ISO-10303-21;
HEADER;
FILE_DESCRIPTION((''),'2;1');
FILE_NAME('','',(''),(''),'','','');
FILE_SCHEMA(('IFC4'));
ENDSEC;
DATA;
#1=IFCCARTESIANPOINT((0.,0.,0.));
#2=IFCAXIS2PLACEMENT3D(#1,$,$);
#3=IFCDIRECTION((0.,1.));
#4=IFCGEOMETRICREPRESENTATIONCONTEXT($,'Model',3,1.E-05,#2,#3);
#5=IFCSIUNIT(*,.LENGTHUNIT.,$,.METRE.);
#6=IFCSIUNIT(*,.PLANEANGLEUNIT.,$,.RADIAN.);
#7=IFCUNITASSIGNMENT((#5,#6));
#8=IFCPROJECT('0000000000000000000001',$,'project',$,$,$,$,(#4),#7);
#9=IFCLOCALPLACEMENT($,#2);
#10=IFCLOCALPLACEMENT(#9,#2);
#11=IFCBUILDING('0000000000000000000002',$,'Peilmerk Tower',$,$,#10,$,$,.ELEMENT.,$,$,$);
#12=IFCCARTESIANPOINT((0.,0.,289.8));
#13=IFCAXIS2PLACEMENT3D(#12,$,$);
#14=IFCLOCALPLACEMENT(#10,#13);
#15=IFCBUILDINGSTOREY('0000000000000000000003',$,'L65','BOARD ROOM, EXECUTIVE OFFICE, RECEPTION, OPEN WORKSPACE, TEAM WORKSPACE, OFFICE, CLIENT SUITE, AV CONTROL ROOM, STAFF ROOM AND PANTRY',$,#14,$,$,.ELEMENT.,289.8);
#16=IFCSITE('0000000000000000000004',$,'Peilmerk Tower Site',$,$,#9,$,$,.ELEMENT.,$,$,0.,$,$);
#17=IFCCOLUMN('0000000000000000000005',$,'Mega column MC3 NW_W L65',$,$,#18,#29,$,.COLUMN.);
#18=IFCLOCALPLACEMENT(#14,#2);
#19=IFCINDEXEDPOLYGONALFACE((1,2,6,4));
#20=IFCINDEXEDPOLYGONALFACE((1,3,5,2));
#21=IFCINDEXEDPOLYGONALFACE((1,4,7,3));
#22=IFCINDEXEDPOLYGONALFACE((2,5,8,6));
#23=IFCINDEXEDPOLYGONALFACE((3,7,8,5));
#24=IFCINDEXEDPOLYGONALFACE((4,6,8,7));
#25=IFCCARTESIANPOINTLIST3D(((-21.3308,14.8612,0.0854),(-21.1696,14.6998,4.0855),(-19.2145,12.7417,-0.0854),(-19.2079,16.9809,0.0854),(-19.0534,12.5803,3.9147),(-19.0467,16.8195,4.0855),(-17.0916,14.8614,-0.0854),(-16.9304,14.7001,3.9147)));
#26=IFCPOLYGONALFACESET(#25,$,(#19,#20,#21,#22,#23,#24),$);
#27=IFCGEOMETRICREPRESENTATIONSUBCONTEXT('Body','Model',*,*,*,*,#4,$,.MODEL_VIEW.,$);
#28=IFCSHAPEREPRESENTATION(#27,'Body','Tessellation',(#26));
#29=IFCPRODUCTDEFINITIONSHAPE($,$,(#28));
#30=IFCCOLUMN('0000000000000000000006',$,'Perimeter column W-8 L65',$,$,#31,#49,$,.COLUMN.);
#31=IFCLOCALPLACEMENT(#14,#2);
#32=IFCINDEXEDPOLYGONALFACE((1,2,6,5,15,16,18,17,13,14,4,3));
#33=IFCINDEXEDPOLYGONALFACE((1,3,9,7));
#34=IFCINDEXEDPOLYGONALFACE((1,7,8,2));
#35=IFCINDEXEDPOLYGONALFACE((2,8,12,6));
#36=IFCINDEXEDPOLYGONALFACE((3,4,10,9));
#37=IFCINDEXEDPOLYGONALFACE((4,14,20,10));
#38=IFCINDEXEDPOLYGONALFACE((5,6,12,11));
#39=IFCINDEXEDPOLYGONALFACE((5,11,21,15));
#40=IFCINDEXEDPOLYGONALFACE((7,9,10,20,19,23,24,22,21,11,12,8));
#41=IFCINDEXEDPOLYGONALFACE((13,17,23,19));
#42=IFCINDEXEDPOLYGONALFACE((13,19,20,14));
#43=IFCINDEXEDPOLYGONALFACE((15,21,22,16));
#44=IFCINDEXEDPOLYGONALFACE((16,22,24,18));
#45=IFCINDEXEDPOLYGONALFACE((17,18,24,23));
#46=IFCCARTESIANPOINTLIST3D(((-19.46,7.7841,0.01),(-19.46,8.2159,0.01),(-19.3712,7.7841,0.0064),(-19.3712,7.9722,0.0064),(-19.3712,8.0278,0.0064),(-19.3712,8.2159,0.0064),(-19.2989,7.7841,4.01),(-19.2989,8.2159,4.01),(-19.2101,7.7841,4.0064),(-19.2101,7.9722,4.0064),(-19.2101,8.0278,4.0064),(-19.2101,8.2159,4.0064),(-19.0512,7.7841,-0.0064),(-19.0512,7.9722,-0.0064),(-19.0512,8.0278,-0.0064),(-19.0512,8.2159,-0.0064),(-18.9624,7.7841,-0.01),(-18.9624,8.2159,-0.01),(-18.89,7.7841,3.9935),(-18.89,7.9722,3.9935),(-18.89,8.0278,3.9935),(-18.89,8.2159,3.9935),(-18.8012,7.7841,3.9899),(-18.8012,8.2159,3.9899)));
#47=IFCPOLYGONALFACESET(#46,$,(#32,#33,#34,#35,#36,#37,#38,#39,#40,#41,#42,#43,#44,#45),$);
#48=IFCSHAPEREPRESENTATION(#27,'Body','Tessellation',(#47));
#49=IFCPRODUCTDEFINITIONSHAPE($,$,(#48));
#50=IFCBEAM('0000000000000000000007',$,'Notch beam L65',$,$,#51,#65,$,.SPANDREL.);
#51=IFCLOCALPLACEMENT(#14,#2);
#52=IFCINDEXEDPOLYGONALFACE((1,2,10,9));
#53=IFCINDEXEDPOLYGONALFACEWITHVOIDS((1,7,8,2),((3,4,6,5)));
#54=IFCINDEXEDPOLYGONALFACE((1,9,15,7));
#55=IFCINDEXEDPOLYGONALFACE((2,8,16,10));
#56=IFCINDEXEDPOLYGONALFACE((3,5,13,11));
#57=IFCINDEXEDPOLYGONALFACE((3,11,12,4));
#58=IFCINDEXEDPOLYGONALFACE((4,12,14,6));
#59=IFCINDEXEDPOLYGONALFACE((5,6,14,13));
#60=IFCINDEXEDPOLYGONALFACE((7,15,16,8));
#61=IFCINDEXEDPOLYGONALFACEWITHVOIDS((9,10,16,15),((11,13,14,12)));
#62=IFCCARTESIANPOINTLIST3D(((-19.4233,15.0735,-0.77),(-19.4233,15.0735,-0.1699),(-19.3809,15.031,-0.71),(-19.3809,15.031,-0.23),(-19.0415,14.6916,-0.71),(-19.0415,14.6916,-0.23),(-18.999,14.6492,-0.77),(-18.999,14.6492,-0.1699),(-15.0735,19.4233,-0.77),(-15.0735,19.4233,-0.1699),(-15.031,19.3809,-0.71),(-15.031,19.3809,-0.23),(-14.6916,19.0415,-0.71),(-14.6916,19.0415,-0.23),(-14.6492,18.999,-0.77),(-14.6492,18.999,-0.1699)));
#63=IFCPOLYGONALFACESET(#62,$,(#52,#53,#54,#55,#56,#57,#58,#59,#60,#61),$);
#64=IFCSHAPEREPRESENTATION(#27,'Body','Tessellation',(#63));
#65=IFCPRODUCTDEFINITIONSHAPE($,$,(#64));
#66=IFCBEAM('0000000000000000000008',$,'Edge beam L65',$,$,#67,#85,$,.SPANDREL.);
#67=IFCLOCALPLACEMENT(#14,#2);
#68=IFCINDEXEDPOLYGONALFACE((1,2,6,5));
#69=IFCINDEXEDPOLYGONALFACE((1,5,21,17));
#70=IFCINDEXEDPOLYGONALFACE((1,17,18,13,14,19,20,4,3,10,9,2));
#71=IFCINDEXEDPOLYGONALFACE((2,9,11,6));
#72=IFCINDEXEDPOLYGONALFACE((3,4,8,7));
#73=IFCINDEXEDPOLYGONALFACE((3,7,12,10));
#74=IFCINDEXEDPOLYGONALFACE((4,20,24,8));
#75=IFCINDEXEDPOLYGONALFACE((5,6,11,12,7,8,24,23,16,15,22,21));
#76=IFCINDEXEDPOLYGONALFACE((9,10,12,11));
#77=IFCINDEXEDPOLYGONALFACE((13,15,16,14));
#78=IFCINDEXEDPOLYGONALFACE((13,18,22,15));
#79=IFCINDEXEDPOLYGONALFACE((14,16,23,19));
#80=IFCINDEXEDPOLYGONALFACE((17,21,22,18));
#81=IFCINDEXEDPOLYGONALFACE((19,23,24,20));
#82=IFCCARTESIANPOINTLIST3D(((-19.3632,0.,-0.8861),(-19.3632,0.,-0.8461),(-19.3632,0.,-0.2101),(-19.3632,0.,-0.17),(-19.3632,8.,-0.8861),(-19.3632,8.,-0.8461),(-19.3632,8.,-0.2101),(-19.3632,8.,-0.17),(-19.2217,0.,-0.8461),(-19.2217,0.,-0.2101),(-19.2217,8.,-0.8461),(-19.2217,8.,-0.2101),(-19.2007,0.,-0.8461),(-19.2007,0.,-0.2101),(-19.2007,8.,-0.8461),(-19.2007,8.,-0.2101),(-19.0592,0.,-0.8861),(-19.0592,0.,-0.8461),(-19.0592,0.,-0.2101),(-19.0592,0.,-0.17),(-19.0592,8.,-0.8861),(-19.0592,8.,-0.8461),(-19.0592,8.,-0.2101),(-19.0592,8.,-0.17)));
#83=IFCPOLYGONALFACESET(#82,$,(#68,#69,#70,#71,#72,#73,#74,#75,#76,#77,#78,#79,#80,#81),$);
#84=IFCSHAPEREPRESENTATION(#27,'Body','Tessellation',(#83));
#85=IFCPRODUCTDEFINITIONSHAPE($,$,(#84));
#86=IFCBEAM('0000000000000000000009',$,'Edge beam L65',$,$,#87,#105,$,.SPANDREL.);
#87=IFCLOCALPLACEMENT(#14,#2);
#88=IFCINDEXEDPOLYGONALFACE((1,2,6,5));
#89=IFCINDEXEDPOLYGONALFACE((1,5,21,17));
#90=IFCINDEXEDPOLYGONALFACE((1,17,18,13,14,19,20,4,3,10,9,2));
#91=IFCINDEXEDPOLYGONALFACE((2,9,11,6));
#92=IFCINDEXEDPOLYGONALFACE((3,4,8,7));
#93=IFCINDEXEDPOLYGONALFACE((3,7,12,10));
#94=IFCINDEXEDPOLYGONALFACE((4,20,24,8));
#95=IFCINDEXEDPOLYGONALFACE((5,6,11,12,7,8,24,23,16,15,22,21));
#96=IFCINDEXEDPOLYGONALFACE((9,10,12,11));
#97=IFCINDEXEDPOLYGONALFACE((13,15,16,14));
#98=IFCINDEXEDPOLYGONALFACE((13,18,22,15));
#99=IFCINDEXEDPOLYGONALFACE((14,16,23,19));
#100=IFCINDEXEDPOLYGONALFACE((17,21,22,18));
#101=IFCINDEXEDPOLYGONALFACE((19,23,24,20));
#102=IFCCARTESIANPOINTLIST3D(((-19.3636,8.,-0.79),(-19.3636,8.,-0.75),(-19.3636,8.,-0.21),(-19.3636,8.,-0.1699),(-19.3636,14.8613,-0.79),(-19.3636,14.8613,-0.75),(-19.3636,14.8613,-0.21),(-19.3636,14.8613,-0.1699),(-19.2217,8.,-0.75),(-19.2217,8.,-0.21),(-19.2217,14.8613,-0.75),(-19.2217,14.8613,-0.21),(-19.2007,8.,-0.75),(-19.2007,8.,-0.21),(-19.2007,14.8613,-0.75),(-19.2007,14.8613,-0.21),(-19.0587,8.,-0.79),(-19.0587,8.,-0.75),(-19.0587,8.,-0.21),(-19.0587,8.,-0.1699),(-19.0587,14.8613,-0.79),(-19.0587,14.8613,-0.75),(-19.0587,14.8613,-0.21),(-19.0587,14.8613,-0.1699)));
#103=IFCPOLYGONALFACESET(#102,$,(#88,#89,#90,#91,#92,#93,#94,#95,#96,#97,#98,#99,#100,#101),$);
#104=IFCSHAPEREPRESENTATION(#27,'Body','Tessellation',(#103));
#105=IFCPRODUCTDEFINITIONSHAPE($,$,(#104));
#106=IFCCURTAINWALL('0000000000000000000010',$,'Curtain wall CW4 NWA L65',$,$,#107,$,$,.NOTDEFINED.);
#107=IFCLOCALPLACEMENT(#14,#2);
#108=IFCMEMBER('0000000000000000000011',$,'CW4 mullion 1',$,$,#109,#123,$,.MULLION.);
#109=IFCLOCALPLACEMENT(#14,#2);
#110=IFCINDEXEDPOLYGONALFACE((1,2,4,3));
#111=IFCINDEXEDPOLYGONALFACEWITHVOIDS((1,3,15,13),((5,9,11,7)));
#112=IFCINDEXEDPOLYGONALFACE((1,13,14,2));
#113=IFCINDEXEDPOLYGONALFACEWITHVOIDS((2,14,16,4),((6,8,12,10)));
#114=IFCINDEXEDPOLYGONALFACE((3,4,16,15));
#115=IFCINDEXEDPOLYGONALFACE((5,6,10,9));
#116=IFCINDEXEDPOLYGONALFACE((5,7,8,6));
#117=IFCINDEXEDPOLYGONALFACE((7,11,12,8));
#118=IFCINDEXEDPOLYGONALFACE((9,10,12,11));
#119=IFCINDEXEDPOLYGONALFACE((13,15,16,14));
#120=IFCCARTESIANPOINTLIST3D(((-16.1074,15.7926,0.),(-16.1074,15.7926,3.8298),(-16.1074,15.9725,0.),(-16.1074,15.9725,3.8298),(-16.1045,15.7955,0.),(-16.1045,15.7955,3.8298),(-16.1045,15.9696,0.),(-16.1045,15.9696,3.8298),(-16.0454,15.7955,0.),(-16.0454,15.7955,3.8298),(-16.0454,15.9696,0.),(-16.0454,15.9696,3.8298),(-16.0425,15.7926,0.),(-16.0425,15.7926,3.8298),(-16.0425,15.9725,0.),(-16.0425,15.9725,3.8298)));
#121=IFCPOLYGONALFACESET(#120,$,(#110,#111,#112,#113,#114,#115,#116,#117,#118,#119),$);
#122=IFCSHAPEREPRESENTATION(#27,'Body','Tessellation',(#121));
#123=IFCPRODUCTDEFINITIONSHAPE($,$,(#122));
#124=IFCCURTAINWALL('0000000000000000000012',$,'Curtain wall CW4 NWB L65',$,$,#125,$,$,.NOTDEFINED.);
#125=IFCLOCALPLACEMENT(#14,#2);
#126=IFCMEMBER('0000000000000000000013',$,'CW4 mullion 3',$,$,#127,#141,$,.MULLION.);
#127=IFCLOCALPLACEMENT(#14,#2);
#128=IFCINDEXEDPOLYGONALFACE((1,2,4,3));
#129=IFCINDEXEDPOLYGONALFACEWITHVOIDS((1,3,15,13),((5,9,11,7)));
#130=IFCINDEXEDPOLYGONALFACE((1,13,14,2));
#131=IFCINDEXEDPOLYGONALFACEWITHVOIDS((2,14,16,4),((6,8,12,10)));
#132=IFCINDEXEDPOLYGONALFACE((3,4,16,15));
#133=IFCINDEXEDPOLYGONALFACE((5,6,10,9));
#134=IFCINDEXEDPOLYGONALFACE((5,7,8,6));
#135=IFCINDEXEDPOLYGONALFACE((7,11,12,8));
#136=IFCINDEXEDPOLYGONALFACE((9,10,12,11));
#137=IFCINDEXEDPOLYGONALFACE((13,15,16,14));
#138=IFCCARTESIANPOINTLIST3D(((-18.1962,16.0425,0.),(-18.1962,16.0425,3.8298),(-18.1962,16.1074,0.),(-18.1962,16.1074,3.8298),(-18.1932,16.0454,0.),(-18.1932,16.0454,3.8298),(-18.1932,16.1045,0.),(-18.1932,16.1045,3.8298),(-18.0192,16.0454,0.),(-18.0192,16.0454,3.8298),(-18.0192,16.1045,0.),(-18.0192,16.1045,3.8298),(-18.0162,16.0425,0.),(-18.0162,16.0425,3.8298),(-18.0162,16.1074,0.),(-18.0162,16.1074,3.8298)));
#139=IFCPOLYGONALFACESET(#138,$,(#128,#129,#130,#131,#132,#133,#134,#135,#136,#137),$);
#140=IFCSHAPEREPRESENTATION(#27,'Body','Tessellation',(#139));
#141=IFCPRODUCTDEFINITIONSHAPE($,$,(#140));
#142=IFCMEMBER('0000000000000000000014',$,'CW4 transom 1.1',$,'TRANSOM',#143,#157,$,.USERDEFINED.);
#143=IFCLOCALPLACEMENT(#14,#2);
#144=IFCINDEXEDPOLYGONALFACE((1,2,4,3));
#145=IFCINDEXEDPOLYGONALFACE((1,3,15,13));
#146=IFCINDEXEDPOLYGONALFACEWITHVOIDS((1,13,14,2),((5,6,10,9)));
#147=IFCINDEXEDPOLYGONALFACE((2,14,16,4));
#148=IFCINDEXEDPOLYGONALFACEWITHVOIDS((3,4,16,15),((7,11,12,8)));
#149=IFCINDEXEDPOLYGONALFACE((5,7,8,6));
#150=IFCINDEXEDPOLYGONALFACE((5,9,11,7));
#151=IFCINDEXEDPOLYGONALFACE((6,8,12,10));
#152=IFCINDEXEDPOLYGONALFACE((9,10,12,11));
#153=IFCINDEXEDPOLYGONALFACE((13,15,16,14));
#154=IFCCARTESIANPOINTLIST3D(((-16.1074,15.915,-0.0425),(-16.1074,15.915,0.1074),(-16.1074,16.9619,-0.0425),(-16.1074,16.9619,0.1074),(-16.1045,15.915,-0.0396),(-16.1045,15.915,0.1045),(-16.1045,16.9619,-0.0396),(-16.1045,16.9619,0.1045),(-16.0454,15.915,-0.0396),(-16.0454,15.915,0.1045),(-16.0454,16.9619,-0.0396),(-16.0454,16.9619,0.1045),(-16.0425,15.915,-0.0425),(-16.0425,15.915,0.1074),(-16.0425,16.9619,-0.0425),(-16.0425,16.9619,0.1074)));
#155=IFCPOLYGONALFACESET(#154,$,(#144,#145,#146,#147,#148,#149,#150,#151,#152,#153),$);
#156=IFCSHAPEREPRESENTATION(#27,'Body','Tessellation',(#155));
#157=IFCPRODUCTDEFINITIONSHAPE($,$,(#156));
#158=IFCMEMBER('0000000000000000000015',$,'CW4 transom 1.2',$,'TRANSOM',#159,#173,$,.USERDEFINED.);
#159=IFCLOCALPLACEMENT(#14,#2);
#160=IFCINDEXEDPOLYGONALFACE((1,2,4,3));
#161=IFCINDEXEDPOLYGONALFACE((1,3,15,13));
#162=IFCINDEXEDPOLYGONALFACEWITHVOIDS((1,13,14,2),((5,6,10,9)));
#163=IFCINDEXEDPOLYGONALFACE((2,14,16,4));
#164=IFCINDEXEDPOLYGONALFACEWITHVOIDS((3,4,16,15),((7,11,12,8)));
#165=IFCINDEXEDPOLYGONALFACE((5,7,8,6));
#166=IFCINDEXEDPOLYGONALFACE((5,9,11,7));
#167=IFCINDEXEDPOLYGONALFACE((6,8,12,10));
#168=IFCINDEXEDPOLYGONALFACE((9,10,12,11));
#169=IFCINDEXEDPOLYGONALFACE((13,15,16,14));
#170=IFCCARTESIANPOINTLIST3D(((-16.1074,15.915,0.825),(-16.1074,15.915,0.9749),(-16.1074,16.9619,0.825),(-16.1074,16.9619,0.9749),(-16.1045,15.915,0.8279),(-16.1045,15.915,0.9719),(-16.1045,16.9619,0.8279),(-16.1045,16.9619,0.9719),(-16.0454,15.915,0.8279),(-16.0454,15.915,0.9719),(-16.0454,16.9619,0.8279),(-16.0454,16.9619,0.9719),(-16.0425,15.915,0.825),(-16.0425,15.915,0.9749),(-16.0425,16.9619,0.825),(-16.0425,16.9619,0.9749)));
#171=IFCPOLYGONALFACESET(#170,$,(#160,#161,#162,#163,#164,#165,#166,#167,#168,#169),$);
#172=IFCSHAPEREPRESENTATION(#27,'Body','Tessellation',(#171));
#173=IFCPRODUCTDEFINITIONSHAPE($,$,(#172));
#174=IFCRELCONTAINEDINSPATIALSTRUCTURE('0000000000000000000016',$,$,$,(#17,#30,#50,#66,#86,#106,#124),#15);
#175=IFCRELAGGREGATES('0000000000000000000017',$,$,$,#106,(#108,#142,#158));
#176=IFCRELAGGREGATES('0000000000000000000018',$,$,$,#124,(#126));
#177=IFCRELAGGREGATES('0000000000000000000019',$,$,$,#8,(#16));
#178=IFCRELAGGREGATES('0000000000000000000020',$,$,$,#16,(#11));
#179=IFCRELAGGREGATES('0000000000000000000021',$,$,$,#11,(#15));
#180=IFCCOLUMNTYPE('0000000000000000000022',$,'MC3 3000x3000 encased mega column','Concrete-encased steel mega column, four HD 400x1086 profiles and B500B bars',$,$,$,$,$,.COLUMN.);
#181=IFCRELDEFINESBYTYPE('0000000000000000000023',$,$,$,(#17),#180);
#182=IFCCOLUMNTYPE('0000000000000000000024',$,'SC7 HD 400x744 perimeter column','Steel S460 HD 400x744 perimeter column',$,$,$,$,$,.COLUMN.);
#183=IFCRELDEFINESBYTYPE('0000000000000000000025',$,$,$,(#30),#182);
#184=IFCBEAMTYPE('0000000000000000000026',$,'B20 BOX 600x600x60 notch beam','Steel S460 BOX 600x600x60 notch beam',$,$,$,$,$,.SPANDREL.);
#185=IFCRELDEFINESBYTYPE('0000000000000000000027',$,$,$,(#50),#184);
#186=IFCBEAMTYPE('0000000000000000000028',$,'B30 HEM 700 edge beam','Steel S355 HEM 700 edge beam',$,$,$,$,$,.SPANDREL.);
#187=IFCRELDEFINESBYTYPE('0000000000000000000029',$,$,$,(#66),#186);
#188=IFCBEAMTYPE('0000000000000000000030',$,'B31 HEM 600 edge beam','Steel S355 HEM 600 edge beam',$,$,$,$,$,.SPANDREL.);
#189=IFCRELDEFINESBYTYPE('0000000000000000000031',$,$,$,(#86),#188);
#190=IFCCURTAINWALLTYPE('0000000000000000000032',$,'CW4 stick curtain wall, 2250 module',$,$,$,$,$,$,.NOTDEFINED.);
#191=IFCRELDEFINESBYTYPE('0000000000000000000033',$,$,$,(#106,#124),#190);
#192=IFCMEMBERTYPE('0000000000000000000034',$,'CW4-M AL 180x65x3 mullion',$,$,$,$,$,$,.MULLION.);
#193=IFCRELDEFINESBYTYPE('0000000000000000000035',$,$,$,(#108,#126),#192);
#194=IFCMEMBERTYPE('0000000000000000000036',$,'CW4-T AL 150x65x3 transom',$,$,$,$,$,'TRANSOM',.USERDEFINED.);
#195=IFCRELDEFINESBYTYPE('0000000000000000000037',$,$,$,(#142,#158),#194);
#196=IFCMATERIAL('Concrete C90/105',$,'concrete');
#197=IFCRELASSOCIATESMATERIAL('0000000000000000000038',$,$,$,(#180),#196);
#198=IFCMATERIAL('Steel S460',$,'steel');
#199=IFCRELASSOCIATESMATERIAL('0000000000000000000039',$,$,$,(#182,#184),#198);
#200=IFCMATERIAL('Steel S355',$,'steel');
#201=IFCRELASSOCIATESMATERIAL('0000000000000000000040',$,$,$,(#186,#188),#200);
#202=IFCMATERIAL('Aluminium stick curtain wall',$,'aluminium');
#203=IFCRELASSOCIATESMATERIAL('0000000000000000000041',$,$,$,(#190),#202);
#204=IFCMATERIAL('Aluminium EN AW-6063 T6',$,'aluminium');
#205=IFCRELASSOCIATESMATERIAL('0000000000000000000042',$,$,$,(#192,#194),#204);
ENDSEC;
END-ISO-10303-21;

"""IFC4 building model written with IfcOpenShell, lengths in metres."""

from ifc_helpers import new_model, si_unit, direction, frame, origin, origin_2d, place, context, subcontext, project, spatial, rectangle, hollow_rectangle, i_section, extrude, material, material_profile, profile_set, type_object, element, aggregate, save


model = new_model("IFC4")

# Units and contexts
model_context = context("Model", 3, precision=1e-05, world=origin(), true_north=direction((0.0, 1.0)))
body_context = subcontext(model_context, "Body", "Model", "MODEL_VIEW")
ifc_project = project(units=[si_unit("LENGTHUNIT", "METRE"), si_unit("PLANEANGLEUNIT", "RADIAN")], contexts=[model_context])

# Site, building, storey
site_placement = place(None, origin())
site = spatial("IfcSite", under=ifc_project, at=site_placement, Name="Peilmerk Tower Site", CompositionType="ELEMENT", RefElevation=0.0)
building_placement = place(site_placement, origin())
building = spatial("IfcBuilding", under=site, at=building_placement, Name="Peilmerk Tower", CompositionType="ELEMENT")
storey_placement = place(building_placement, frame((0.0, 0.0, 289.8)))
storey = spatial("IfcBuildingStorey", under=building, at=storey_placement, Name="L65", Description="BOARD ROOM, EXECUTIVE OFFICE, RECEPTION, OPEN WORKSPACE, TEAM WORKSPACE, OFFICE, CLIENT SUITE, AV CONTROL ROOM, STAFF ROOM AND PANTRY", CompositionType="ELEMENT", Elevation=289.8)

# Columns
ifc_material_1 = material(Name="Concrete C90/105", Category="concrete")
ifc_material_profile_1 = material_profile(ifc_material_1, rectangle(XDim=3.0, YDim=3.0, at=origin_2d()), Name="RC 3000x3000")
ifc_profile_set_1 = profile_set([ifc_material_profile_1], Name="Concrete C90/105")
column_type_1 = type_object("IfcColumnType", Name="MC3 3000x3000 encased mega column", Description="Concrete-encased steel mega column, four HD 400x1086 profiles and B500B bars", PredefinedType="COLUMN", material=ifc_profile_set_1)
column_1_placement = place(storey_placement, frame((-19.2112, 14.8613, 0.0), z_axis=(0.040218, -0.040279, 0.998379), x_axis=(0.707642, 0.706571, 0.0)))
element("IfcColumn", 1, at=column_1_placement, inside=storey, type_object=column_type_1, Name="Mega column MC3 NW_W L65", PredefinedType="COLUMN", context=body_context, shape_type="SweptSolid", body=[
    extrude(rectangle(XDim=3.0, YDim=3.0, at=origin_2d()), origin(), (0.0, 0.0, 1.0), 4.0066),
])
ifc_material_2 = material(Name="Steel S460", Category="steel")
ifc_material_profile_2 = material_profile(ifc_material_2, i_section(OverallWidth=0.4319, OverallDepth=0.498, WebThickness=0.0557, FlangeThickness=0.0889, at=origin_2d()), Name="HD 400x744")
ifc_profile_set_2 = profile_set([ifc_material_profile_2], Name="Steel S460")
column_type_2 = type_object("IfcColumnType", Name="SC7 HD 400x744 perimeter column", Description="Steel S460 HD 400x744 perimeter column", PredefinedType="COLUMN", material=ifc_profile_set_2)
column_2_placement = place(storey_placement, frame((-19.2112, 8.0, 0.0), z_axis=(0.040251, 0.0, 0.99919), x_axis=(0.0, 1.0, 0.0)))
element("IfcColumn", 2, at=column_2_placement, inside=storey, type_object=column_type_2, Name="Perimeter column W-8 L65", PredefinedType="COLUMN", context=body_context, shape_type="SweptSolid", body=[
    extrude(i_section(OverallWidth=0.4319, OverallDepth=0.498, WebThickness=0.0557, FlangeThickness=0.0889, at=origin_2d()), origin(), (0.0, 0.0, 1.0), 4.0032),
])

# Beams
ifc_material_profile_3 = material_profile(ifc_material_2, hollow_rectangle(XDim=0.6001, YDim=0.6001, WallThickness=0.0601, at=origin_2d()), Name="BOX 600x600x60")
ifc_profile_set_3 = profile_set([ifc_material_profile_3], Name="Steel S460")
beam_type_1 = type_object("IfcBeamType", Name="B20 BOX 600x600x60 notch beam", Description="Steel S460 BOX 600x600x60 notch beam", PredefinedType="SPANDREL", material=ifc_profile_set_3)
beam_1_placement = place(storey_placement, frame((-19.2112, 14.8613, -0.47), z_axis=(0.707107, 0.707107, 0.0), x_axis=(-0.707107, 0.707107, 0.0)))
element("IfcBeam", 3, at=beam_1_placement, inside=storey, type_object=beam_type_1, Name="Notch beam L65", PredefinedType="SPANDREL", context=body_context, shape_type="SweptSolid", body=[
    extrude(hollow_rectangle(XDim=0.6001, YDim=0.6001, WallThickness=0.0601, at=origin_2d()), origin(), (0.0, 0.0, 1.0), 6.1516),
])
ifc_material_3 = material(Name="Steel S355", Category="steel")
ifc_material_profile_4 = material_profile(ifc_material_3, i_section(OverallWidth=0.304, OverallDepth=0.7161, WebThickness=0.021, FlangeThickness=0.04, at=origin_2d()), Name="HEM 700")
ifc_profile_set_4 = profile_set([ifc_material_profile_4], Name="Steel S355")
beam_type_2 = type_object("IfcBeamType", Name="B30 HEM 700 edge beam", Description="Steel S355 HEM 700 edge beam", PredefinedType="SPANDREL", material=ifc_profile_set_4)
beam_2_placement = place(storey_placement, frame((-19.2112, 8.0, -0.5281), z_axis=(0.0, -1.0, 0.0), x_axis=(1.0, 0.0, 0.0)))
element("IfcBeam", 4, at=beam_2_placement, inside=storey, type_object=beam_type_2, Name="Edge beam L65", PredefinedType="SPANDREL", context=body_context, shape_type="SweptSolid", body=[
    extrude(i_section(OverallWidth=0.304, OverallDepth=0.7161, WebThickness=0.021, FlangeThickness=0.04, at=origin_2d()), origin(), (0.0, 0.0, 1.0), 8.0),
])
ifc_material_profile_5 = material_profile(ifc_material_3, i_section(OverallWidth=0.3049, OverallDepth=0.6201, WebThickness=0.021, FlangeThickness=0.04, at=origin_2d()), Name="HEM 600")
ifc_profile_set_5 = profile_set([ifc_material_profile_5], Name="Steel S355")
beam_type_3 = type_object("IfcBeamType", Name="B31 HEM 600 edge beam", Description="Steel S355 HEM 600 edge beam", PredefinedType="SPANDREL", material=ifc_profile_set_5)
beam_3_placement = place(storey_placement, frame((-19.2112, 14.8613, -0.48), z_axis=(0.0, -1.0, 0.0), x_axis=(1.0, 0.0, 0.0)))
element("IfcBeam", 5, at=beam_3_placement, inside=storey, type_object=beam_type_3, Name="Edge beam L65", PredefinedType="SPANDREL", context=body_context, shape_type="SweptSolid", body=[
    extrude(i_section(OverallWidth=0.3049, OverallDepth=0.6201, WebThickness=0.021, FlangeThickness=0.04, at=origin_2d()), origin(), (0.0, 0.0, 1.0), 6.8613),
])

# Curtain walls, members
ifc_material_4 = material(Name="Aluminium stick curtain wall", Category="aluminium")
curtain_wall_type = type_object("IfcCurtainWallType", Name="CW4 stick curtain wall, 2250 module", PredefinedType="NOTDEFINED", material=ifc_material_4)
curtain_wall_1_placement = place(storey_placement, origin())
curtain_wall_1 = element("IfcCurtainWall", 6, at=curtain_wall_1_placement, inside=storey, type_object=curtain_wall_type, Name="Curtain wall CW4 NWA L65", PredefinedType="NOTDEFINED")
ifc_material_5 = material(Name="Aluminium EN AW-6063 T6", Category="aluminium")
ifc_material_profile_6 = material_profile(ifc_material_5, hollow_rectangle(XDim=0.0649, YDim=0.1799, WallThickness=0.0029, at=origin_2d()), Name="AL 180x65x3")
ifc_profile_set_6 = profile_set([ifc_material_profile_6], Name="Aluminium EN AW-6063 T6")
member_type_1 = type_object("IfcMemberType", Name="CW4-M AL 180x65x3 mullion", PredefinedType="MULLION", material=ifc_profile_set_6)
member_1_placement = place(storey_placement, frame((-16.075, 15.8826, 0.0), z_axis=(0.0, 0.0, 1.0), x_axis=(-1.0, 0.0, 0.0)))
member_1 = element("IfcMember", 7, at=member_1_placement, type_object=member_type_1, Name="CW4 mullion 1", PredefinedType="MULLION", context=body_context, shape_type="SweptSolid", body=[
    extrude(hollow_rectangle(XDim=0.0649, YDim=0.1799, WallThickness=0.0029, at=origin_2d()), origin(), (0.0, 0.0, 1.0), 3.8298),
])
curtain_wall_2_placement = place(storey_placement, origin())
curtain_wall_2 = element("IfcCurtainWall", 8, at=curtain_wall_2_placement, inside=storey, type_object=curtain_wall_type, Name="Curtain wall CW4 NWB L65", PredefinedType="NOTDEFINED")
member_2_placement = place(storey_placement, frame((-18.1062, 16.075, 0.0), z_axis=(0.0, 0.0, 1.0), x_axis=(0.0, -1.0, 0.0)))
member_2 = element("IfcMember", 9, at=member_2_placement, type_object=member_type_1, Name="CW4 mullion 3", PredefinedType="MULLION", context=body_context, shape_type="SweptSolid", body=[
    extrude(hollow_rectangle(XDim=0.0649, YDim=0.1799, WallThickness=0.0029, at=origin_2d()), origin(), (0.0, 0.0, 1.0), 3.8298),
])

# Members
ifc_material_profile_7 = material_profile(ifc_material_5, hollow_rectangle(XDim=0.0649, YDim=0.1499, WallThickness=0.0029, at=origin_2d()), Name="AL 150x65x3")
ifc_profile_set_7 = profile_set([ifc_material_profile_7], Name="Aluminium EN AW-6063 T6")
member_type_2 = type_object("IfcMemberType", Name="CW4-T AL 150x65x3 transom", ElementType="TRANSOM", PredefinedType="USERDEFINED", material=ifc_profile_set_7)
member_3_placement = place(storey_placement, frame((-16.075, 15.915, 0.0325), z_axis=(0.0, 1.0, 0.0), x_axis=(-1.0, 0.0, 0.0)))
member_3 = element("IfcMember", 10, at=member_3_placement, type_object=member_type_2, Name="CW4 transom 1.1", ObjectType="TRANSOM", PredefinedType="USERDEFINED", context=body_context, shape_type="SweptSolid", body=[
    extrude(hollow_rectangle(XDim=0.0649, YDim=0.1499, WallThickness=0.0029, at=origin_2d()), origin(), (0.0, 0.0, 1.0), 1.0469),
])
member_4_placement = place(storey_placement, frame((-16.075, 15.915, 0.8999), z_axis=(0.0, 1.0, 0.0), x_axis=(-1.0, 0.0, 0.0)))
member_4 = element("IfcMember", 11, at=member_4_placement, type_object=member_type_2, Name="CW4 transom 1.2", ObjectType="TRANSOM", PredefinedType="USERDEFINED", context=body_context, shape_type="SweptSolid", body=[
    extrude(hollow_rectangle(XDim=0.0649, YDim=0.1499, WallThickness=0.0029, at=origin_2d()), origin(), (0.0, 0.0, 1.0), 1.0469),
])
aggregate(curtain_wall_1, [member_1, member_3, member_4])

aggregate(curtain_wall_2, [member_2])

save(model, "model.ifc")
